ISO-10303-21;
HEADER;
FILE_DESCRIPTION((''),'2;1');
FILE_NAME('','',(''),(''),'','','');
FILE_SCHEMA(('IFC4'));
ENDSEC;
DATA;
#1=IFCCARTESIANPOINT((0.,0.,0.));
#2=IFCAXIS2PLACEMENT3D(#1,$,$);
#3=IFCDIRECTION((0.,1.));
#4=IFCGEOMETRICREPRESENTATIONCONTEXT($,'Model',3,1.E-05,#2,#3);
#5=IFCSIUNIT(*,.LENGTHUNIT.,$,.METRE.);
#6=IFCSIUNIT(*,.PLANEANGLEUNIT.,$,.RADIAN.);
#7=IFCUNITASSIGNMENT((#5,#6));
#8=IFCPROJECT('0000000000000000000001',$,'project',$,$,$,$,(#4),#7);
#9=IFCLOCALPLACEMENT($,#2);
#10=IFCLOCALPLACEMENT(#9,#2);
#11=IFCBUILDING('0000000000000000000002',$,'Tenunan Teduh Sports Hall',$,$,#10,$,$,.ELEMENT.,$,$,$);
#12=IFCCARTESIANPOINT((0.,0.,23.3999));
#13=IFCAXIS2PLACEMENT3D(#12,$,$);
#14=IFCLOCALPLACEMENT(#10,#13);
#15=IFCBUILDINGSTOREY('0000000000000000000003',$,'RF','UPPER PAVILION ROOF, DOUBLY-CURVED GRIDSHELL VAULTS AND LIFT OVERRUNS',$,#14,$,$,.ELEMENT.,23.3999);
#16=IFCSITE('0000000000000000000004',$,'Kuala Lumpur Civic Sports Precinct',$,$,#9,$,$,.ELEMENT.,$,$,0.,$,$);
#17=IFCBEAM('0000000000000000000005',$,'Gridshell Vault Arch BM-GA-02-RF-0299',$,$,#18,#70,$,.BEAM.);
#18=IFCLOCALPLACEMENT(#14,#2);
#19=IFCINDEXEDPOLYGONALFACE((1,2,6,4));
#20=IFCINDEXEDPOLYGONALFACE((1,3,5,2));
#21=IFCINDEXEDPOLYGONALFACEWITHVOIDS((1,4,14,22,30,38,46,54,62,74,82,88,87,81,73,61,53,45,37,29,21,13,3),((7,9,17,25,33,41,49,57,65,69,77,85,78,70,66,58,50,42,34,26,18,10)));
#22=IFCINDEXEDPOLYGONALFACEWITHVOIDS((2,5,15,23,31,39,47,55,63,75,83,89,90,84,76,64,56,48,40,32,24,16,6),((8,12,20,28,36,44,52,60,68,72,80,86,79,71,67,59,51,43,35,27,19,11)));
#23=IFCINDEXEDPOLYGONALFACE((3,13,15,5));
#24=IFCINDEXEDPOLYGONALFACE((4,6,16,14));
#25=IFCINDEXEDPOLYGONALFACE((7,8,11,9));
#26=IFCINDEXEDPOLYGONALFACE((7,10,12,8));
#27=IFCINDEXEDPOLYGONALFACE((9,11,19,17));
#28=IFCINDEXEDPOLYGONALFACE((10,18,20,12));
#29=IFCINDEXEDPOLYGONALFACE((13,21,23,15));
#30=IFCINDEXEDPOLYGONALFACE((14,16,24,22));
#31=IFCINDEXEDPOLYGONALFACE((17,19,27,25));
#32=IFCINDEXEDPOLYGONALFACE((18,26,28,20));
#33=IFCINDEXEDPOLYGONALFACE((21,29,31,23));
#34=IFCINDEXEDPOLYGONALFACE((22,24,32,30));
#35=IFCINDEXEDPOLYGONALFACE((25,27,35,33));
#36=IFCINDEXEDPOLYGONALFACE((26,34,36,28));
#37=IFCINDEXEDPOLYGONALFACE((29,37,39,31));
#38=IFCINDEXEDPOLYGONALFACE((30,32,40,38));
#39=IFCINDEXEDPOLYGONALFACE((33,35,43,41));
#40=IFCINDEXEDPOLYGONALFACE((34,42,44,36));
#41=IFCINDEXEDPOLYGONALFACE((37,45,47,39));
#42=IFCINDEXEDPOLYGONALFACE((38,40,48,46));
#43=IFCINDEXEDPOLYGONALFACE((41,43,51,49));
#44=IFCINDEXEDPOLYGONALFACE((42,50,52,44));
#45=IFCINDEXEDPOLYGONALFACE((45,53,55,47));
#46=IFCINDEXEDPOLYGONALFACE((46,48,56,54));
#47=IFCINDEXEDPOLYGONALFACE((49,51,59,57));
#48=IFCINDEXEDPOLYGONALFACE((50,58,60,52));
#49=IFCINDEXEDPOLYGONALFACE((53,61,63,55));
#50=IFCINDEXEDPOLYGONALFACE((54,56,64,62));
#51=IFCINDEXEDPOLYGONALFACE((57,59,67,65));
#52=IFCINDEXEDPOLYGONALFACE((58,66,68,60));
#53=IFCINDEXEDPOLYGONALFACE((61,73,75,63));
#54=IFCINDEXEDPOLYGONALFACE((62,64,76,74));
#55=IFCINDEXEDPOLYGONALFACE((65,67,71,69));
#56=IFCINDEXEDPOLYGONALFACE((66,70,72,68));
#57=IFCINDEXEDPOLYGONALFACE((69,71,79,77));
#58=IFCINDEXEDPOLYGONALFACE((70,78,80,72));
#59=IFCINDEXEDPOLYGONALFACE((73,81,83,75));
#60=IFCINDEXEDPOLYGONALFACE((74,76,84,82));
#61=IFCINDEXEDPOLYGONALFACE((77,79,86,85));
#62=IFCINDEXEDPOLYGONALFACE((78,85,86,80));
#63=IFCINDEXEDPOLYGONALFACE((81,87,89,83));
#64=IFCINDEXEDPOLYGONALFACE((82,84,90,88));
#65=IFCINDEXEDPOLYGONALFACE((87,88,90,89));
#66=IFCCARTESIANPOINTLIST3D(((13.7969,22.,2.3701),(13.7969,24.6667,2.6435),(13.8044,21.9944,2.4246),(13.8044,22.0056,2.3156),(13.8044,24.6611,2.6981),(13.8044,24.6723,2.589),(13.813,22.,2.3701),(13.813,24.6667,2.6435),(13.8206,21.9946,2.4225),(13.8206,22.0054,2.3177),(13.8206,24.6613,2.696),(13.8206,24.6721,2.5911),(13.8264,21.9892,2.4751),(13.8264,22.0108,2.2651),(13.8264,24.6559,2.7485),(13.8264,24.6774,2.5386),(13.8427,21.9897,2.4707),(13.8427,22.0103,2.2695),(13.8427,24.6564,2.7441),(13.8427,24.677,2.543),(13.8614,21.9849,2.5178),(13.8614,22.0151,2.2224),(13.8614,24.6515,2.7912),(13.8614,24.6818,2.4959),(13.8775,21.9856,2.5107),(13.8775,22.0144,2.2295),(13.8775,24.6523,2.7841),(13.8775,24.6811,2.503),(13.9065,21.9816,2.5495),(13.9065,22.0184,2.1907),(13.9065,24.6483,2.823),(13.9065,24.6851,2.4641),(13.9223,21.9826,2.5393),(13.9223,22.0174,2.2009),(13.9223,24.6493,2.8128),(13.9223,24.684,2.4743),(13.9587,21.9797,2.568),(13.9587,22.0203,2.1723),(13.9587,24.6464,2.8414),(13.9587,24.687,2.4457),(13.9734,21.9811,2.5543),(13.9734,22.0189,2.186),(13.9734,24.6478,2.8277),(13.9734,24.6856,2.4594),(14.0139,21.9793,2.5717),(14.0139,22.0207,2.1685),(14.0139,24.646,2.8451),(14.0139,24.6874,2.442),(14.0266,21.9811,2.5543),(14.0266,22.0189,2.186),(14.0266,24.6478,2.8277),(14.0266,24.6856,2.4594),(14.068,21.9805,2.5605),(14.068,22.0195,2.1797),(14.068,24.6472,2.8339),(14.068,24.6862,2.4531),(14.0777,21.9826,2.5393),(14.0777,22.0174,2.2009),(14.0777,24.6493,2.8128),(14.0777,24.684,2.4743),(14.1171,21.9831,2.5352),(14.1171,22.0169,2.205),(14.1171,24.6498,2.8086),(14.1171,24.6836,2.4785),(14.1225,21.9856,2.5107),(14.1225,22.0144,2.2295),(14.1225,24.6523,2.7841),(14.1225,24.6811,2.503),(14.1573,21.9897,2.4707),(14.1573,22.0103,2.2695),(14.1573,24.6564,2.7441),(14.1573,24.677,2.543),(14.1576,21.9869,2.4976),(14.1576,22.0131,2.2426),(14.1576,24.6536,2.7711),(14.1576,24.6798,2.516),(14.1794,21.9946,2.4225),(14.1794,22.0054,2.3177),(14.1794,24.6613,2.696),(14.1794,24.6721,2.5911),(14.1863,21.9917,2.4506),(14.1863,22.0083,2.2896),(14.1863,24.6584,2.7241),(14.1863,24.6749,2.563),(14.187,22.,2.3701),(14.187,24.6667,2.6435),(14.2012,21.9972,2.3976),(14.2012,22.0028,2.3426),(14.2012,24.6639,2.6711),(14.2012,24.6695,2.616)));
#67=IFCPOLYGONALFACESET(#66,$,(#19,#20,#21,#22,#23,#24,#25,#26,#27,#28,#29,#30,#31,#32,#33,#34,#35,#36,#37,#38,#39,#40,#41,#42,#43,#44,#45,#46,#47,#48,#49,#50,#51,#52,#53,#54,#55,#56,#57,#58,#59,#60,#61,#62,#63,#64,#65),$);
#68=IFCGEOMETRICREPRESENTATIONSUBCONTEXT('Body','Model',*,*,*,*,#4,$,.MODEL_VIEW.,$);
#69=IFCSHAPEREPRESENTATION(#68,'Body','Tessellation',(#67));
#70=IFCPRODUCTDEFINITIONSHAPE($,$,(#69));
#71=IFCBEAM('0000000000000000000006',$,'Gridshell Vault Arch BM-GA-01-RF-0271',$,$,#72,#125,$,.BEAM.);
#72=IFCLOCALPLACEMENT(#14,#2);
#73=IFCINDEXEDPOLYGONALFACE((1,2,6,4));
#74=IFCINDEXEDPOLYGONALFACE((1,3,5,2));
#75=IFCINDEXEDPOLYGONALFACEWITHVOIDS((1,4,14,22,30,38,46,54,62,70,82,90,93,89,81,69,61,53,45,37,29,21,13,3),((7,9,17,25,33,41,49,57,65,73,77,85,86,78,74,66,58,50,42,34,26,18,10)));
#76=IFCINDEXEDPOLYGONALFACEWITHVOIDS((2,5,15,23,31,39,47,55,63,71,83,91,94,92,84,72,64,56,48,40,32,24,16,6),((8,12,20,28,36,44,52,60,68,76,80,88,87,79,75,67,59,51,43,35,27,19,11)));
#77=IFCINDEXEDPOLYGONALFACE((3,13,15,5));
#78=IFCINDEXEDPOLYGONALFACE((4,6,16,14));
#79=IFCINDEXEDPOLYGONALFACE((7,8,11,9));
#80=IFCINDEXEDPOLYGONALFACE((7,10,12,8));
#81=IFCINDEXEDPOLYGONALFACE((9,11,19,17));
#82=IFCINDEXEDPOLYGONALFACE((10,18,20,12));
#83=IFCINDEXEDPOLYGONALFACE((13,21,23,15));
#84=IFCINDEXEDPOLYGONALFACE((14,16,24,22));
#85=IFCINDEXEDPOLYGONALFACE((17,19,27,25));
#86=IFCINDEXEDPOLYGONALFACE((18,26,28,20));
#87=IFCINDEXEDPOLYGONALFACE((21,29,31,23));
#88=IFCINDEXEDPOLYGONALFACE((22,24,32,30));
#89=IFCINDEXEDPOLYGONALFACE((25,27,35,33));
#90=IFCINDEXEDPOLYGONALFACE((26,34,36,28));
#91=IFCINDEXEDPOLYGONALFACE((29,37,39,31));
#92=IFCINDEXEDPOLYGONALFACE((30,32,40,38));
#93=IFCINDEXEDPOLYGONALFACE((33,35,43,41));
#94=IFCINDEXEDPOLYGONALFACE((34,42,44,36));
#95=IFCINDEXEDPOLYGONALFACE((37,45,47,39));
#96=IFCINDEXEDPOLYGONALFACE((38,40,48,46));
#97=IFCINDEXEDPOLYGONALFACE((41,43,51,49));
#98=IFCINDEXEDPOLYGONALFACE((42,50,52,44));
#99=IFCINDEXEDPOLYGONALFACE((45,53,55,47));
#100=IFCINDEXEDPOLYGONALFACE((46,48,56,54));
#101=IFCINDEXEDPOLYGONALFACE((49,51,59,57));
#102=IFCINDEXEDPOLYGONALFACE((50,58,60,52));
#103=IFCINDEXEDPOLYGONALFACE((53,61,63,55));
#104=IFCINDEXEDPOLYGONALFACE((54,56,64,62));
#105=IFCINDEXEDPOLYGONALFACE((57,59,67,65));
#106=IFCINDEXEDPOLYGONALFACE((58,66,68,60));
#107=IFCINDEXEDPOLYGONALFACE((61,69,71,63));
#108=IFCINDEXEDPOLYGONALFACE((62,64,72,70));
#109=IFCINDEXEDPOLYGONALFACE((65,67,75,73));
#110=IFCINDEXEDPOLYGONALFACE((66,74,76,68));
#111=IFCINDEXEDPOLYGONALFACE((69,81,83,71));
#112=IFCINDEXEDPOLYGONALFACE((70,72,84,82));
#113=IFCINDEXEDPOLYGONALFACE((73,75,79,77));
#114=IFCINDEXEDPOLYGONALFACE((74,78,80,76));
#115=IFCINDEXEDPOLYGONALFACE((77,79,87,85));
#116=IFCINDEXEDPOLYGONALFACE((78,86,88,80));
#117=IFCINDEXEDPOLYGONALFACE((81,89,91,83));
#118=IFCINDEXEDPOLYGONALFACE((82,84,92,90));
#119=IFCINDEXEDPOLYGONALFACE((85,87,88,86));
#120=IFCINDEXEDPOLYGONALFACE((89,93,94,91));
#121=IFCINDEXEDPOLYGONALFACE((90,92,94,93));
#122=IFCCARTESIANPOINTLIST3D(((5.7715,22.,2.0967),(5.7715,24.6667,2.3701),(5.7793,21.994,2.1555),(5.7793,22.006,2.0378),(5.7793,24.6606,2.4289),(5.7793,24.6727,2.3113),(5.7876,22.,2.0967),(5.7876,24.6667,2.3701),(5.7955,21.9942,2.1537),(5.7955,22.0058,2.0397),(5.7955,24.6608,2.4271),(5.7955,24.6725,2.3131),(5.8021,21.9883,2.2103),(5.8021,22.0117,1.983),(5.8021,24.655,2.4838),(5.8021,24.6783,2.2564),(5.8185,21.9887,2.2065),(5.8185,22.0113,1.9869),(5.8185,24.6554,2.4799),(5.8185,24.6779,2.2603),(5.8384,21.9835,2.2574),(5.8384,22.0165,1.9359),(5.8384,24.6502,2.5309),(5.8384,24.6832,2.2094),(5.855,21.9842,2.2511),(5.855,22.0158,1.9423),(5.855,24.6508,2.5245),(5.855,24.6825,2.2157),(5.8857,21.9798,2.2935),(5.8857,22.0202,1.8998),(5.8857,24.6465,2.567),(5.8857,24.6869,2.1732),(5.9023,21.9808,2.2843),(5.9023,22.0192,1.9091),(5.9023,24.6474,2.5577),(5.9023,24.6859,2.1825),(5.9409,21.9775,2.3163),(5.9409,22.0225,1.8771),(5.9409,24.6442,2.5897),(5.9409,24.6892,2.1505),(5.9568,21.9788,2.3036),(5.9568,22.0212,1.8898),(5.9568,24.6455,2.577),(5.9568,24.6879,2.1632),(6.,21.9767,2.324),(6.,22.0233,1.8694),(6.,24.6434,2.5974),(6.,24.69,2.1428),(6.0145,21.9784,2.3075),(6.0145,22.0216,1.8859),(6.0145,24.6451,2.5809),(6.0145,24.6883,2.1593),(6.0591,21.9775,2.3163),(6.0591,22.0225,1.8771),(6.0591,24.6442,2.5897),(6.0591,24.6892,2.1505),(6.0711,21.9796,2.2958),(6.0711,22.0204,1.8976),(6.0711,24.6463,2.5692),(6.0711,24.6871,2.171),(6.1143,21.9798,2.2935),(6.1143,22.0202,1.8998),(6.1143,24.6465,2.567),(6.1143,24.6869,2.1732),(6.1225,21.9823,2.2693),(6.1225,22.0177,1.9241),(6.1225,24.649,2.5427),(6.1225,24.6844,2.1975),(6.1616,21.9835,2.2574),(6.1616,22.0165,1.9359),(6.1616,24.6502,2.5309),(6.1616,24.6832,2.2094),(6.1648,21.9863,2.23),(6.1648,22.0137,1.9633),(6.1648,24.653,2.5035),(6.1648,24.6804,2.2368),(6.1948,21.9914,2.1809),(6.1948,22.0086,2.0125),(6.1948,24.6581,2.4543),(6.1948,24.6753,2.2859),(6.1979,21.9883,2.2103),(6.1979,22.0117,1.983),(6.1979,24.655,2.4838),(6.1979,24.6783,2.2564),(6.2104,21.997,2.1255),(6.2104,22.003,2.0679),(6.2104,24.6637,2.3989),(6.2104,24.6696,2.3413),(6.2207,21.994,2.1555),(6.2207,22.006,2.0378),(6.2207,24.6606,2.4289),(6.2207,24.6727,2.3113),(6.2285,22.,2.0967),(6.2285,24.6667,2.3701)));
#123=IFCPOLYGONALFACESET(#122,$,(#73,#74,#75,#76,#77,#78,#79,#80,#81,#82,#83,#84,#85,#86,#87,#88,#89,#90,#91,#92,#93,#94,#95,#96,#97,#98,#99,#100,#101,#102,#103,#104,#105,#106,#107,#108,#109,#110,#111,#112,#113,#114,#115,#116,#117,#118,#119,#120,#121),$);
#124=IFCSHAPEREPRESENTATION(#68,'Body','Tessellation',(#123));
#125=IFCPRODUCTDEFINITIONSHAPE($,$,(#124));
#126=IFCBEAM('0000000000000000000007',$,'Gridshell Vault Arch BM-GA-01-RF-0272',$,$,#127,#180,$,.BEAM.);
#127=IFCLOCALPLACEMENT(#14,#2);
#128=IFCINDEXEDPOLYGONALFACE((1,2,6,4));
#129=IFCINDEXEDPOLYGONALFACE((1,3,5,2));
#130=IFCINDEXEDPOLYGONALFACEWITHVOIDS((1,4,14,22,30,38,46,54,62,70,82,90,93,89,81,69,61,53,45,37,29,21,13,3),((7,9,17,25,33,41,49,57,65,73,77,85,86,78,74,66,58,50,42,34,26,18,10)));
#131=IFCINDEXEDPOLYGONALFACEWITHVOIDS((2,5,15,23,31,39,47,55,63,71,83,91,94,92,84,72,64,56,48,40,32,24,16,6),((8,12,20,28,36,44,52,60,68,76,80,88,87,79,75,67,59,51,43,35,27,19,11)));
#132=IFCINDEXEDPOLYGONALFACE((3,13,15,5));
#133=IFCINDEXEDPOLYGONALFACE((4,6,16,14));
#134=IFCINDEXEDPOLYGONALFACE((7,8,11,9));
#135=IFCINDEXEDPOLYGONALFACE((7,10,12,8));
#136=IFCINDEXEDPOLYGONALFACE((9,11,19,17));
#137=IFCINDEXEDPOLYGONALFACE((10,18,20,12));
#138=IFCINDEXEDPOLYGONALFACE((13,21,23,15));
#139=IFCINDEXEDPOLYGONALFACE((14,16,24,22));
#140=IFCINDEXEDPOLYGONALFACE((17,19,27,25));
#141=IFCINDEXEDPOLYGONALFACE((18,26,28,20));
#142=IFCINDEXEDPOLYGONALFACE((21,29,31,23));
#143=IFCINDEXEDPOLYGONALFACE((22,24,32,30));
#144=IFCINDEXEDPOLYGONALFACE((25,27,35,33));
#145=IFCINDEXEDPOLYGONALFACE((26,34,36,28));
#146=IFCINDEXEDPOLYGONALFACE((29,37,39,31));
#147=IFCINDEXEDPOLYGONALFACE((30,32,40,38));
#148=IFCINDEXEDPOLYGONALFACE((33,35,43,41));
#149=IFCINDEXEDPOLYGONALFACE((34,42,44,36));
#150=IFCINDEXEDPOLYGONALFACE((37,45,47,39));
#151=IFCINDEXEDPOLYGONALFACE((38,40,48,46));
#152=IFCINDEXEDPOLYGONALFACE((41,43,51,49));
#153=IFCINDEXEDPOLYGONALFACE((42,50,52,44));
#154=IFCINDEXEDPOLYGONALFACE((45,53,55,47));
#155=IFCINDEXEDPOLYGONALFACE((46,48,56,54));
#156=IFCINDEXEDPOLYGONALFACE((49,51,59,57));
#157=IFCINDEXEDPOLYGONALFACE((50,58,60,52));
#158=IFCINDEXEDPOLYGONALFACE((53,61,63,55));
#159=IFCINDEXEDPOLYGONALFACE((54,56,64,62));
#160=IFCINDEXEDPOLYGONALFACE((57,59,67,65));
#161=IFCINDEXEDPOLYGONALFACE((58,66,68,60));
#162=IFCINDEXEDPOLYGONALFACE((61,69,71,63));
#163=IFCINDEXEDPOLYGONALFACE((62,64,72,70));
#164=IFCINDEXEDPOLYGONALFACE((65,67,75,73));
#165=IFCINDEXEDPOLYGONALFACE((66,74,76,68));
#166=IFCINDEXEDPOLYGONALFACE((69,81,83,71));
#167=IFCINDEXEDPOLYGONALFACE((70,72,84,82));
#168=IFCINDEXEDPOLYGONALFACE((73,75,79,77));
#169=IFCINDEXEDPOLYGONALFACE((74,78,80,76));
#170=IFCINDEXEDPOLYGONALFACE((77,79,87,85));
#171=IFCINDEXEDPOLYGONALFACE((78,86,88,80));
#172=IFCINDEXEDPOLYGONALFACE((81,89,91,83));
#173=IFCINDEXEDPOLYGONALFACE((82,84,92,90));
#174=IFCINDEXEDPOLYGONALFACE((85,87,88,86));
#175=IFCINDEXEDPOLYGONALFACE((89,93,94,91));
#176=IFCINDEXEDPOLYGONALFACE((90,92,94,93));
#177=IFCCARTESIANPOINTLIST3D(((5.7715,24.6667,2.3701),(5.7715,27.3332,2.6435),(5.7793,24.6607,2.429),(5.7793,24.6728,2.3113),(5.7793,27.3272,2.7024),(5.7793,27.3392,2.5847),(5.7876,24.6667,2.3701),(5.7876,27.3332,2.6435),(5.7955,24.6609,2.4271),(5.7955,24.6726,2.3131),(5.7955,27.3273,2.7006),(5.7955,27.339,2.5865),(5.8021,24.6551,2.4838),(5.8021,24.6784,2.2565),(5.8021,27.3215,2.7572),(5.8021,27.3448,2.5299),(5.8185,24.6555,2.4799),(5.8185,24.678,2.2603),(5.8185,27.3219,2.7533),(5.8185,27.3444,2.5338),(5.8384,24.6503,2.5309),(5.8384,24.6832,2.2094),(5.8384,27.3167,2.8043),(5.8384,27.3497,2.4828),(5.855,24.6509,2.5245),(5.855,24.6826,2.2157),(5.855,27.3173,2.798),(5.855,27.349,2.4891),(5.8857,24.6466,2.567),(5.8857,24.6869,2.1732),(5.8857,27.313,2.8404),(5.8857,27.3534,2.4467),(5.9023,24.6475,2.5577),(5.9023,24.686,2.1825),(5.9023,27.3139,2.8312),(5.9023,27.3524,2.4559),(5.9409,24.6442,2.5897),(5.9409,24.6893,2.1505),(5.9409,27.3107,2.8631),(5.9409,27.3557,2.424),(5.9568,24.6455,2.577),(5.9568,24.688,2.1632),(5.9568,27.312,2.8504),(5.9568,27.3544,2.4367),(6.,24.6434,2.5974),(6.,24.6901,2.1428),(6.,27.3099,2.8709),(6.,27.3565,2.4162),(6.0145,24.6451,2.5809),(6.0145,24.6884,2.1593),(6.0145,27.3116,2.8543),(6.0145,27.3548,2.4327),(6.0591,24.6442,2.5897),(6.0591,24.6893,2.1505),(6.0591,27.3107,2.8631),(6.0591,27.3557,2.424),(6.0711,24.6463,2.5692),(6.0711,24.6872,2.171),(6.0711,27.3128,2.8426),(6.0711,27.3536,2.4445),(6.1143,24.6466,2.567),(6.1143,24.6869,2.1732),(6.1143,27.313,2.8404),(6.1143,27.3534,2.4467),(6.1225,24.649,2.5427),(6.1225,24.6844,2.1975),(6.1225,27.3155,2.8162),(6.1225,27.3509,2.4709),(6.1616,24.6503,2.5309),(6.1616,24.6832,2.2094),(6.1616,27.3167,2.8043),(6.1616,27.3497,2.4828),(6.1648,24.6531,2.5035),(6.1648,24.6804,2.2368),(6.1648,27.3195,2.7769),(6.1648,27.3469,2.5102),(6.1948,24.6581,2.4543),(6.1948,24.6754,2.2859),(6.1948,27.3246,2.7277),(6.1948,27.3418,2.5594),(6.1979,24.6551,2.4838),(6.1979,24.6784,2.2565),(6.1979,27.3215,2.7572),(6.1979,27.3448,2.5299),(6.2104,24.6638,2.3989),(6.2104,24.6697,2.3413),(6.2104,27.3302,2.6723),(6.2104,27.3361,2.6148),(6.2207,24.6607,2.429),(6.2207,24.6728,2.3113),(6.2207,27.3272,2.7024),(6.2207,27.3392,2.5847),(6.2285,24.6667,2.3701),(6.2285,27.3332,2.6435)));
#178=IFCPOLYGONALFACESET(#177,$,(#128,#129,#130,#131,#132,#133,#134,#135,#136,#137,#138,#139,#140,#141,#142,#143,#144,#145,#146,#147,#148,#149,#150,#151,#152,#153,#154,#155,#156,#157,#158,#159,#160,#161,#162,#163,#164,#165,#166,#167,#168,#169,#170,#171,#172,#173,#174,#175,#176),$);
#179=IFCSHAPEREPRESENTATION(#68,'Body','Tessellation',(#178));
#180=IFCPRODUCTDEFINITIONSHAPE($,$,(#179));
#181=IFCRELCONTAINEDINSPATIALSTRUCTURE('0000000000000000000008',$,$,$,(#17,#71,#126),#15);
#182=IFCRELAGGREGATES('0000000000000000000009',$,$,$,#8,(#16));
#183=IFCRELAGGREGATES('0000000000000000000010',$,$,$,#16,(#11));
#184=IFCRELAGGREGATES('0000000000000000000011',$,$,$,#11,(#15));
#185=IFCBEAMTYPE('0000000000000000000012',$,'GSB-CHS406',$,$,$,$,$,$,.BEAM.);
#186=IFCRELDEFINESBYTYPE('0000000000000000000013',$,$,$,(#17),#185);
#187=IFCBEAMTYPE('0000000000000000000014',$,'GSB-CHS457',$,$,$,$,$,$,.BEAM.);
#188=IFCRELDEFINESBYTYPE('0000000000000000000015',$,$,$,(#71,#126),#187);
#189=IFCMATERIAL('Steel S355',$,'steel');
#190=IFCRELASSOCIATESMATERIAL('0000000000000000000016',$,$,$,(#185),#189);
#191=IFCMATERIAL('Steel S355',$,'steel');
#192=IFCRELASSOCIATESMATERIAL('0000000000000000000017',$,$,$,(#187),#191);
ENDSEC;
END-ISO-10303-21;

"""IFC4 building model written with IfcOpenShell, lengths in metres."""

from ifc_helpers import new_model, si_unit, direction, frame, origin, origin_2d, place, context, subcontext, project, spatial, hollow_circle, extrude, material, material_profile, profile_set, type_object, element, save


model = new_model("IFC4")

# Units and contexts
model_context = context("Model", 3, precision=1e-05, world=origin(), true_north=direction((0.0, 1.0)))
body_context = subcontext(model_context, "Body", "Model", "MODEL_VIEW")
ifc_project = project(units=[si_unit("LENGTHUNIT", "METRE"), si_unit("PLANEANGLEUNIT", "RADIAN")], contexts=[model_context])

# Site, building, storey
site_placement = place(None, origin())
site = spatial("IfcSite", under=ifc_project, at=site_placement, Name="Kuala Lumpur Civic Sports Precinct", CompositionType="ELEMENT", RefElevation=0.0)
building_placement = place(site_placement, origin())
building = spatial("IfcBuilding", under=site, at=building_placement, Name="Tenunan Teduh Sports Hall", CompositionType="ELEMENT")
storey_placement = place(building_placement, frame((0.0, 0.0, 23.3999)))
storey = spatial("IfcBuildingStorey", under=building, at=storey_placement, Name="RF", Description="UPPER PAVILION ROOF, DOUBLY-CURVED GRIDSHELL VAULTS AND LIFT OVERRUNS", CompositionType="ELEMENT", Elevation=23.3999)

# Beams
ifc_material_1 = material(Name="Steel S355", Category="steel")
ifc_material_profile_1 = material_profile(ifc_material_1, hollow_circle(Radius=0.2031, WallThickness=0.0161, at=origin_2d()), Name="CHS 406.4x16.0")
ifc_profile_set_1 = profile_set([ifc_material_profile_1], Name="Steel S355")
beam_type_1 = type_object("IfcBeamType", Name="GSB-CHS406", PredefinedType="BEAM", material=ifc_profile_set_1)
beam_1_placement = place(storey_placement, frame((14.0, 22.0, 2.3701), z_axis=(0.0, 0.994784, 0.102001), x_axis=(-1.0, 0.0, 0.0)))
element("IfcBeam", 1, at=beam_1_placement, inside=storey, type_object=beam_type_1, Name="Gridshell Vault Arch BM-GA-02-RF-0299", PredefinedType="BEAM", context=body_context, shape_type="SweptSolid", body=[
    extrude(hollow_circle(Radius=0.2031, WallThickness=0.0161, at=origin_2d()), origin(), (0.0, 0.0, 1.0), 2.6807),
])
ifc_material_2 = material(Name="Steel S355", Category="steel")
ifc_material_profile_2 = material_profile(ifc_material_2, hollow_circle(Radius=0.2285, WallThickness=0.0161, at=origin_2d()), Name="CHS 457.0x16.0")
ifc_profile_set_2 = profile_set([ifc_material_profile_2], Name="Steel S355")
beam_type_2 = type_object("IfcBeamType", Name="GSB-CHS457", PredefinedType="BEAM", material=ifc_profile_set_2)
beam_2_placement = place(storey_placement, frame((6.0, 22.0, 2.0967), z_axis=(0.0, 0.994784, 0.102001), x_axis=(-1.0, 0.0, 0.0)))
element("IfcBeam", 2, at=beam_2_placement, inside=storey, type_object=beam_type_2, Name="Gridshell Vault Arch BM-GA-01-RF-0271", PredefinedType="BEAM", context=body_context, shape_type="SweptSolid", body=[
    extrude(hollow_circle(Radius=0.2285, WallThickness=0.0161, at=origin_2d()), origin(), (0.0, 0.0, 1.0), 2.6807),
])
beam_3_placement = place(storey_placement, frame((6.0, 24.6667, 2.3701), z_axis=(0.0, 0.994783, 0.10201), x_axis=(-1.0, 0.0, 0.0)))
element("IfcBeam", 3, at=beam_3_placement, inside=storey, type_object=beam_type_2, Name="Gridshell Vault Arch BM-GA-01-RF-0272", PredefinedType="BEAM", context=body_context, shape_type="SweptSolid", body=[
    extrude(hollow_circle(Radius=0.2285, WallThickness=0.0161, at=origin_2d()), origin(), (0.0, 0.0, 1.0), 2.6804),
])

save(model, "model.ifc")
